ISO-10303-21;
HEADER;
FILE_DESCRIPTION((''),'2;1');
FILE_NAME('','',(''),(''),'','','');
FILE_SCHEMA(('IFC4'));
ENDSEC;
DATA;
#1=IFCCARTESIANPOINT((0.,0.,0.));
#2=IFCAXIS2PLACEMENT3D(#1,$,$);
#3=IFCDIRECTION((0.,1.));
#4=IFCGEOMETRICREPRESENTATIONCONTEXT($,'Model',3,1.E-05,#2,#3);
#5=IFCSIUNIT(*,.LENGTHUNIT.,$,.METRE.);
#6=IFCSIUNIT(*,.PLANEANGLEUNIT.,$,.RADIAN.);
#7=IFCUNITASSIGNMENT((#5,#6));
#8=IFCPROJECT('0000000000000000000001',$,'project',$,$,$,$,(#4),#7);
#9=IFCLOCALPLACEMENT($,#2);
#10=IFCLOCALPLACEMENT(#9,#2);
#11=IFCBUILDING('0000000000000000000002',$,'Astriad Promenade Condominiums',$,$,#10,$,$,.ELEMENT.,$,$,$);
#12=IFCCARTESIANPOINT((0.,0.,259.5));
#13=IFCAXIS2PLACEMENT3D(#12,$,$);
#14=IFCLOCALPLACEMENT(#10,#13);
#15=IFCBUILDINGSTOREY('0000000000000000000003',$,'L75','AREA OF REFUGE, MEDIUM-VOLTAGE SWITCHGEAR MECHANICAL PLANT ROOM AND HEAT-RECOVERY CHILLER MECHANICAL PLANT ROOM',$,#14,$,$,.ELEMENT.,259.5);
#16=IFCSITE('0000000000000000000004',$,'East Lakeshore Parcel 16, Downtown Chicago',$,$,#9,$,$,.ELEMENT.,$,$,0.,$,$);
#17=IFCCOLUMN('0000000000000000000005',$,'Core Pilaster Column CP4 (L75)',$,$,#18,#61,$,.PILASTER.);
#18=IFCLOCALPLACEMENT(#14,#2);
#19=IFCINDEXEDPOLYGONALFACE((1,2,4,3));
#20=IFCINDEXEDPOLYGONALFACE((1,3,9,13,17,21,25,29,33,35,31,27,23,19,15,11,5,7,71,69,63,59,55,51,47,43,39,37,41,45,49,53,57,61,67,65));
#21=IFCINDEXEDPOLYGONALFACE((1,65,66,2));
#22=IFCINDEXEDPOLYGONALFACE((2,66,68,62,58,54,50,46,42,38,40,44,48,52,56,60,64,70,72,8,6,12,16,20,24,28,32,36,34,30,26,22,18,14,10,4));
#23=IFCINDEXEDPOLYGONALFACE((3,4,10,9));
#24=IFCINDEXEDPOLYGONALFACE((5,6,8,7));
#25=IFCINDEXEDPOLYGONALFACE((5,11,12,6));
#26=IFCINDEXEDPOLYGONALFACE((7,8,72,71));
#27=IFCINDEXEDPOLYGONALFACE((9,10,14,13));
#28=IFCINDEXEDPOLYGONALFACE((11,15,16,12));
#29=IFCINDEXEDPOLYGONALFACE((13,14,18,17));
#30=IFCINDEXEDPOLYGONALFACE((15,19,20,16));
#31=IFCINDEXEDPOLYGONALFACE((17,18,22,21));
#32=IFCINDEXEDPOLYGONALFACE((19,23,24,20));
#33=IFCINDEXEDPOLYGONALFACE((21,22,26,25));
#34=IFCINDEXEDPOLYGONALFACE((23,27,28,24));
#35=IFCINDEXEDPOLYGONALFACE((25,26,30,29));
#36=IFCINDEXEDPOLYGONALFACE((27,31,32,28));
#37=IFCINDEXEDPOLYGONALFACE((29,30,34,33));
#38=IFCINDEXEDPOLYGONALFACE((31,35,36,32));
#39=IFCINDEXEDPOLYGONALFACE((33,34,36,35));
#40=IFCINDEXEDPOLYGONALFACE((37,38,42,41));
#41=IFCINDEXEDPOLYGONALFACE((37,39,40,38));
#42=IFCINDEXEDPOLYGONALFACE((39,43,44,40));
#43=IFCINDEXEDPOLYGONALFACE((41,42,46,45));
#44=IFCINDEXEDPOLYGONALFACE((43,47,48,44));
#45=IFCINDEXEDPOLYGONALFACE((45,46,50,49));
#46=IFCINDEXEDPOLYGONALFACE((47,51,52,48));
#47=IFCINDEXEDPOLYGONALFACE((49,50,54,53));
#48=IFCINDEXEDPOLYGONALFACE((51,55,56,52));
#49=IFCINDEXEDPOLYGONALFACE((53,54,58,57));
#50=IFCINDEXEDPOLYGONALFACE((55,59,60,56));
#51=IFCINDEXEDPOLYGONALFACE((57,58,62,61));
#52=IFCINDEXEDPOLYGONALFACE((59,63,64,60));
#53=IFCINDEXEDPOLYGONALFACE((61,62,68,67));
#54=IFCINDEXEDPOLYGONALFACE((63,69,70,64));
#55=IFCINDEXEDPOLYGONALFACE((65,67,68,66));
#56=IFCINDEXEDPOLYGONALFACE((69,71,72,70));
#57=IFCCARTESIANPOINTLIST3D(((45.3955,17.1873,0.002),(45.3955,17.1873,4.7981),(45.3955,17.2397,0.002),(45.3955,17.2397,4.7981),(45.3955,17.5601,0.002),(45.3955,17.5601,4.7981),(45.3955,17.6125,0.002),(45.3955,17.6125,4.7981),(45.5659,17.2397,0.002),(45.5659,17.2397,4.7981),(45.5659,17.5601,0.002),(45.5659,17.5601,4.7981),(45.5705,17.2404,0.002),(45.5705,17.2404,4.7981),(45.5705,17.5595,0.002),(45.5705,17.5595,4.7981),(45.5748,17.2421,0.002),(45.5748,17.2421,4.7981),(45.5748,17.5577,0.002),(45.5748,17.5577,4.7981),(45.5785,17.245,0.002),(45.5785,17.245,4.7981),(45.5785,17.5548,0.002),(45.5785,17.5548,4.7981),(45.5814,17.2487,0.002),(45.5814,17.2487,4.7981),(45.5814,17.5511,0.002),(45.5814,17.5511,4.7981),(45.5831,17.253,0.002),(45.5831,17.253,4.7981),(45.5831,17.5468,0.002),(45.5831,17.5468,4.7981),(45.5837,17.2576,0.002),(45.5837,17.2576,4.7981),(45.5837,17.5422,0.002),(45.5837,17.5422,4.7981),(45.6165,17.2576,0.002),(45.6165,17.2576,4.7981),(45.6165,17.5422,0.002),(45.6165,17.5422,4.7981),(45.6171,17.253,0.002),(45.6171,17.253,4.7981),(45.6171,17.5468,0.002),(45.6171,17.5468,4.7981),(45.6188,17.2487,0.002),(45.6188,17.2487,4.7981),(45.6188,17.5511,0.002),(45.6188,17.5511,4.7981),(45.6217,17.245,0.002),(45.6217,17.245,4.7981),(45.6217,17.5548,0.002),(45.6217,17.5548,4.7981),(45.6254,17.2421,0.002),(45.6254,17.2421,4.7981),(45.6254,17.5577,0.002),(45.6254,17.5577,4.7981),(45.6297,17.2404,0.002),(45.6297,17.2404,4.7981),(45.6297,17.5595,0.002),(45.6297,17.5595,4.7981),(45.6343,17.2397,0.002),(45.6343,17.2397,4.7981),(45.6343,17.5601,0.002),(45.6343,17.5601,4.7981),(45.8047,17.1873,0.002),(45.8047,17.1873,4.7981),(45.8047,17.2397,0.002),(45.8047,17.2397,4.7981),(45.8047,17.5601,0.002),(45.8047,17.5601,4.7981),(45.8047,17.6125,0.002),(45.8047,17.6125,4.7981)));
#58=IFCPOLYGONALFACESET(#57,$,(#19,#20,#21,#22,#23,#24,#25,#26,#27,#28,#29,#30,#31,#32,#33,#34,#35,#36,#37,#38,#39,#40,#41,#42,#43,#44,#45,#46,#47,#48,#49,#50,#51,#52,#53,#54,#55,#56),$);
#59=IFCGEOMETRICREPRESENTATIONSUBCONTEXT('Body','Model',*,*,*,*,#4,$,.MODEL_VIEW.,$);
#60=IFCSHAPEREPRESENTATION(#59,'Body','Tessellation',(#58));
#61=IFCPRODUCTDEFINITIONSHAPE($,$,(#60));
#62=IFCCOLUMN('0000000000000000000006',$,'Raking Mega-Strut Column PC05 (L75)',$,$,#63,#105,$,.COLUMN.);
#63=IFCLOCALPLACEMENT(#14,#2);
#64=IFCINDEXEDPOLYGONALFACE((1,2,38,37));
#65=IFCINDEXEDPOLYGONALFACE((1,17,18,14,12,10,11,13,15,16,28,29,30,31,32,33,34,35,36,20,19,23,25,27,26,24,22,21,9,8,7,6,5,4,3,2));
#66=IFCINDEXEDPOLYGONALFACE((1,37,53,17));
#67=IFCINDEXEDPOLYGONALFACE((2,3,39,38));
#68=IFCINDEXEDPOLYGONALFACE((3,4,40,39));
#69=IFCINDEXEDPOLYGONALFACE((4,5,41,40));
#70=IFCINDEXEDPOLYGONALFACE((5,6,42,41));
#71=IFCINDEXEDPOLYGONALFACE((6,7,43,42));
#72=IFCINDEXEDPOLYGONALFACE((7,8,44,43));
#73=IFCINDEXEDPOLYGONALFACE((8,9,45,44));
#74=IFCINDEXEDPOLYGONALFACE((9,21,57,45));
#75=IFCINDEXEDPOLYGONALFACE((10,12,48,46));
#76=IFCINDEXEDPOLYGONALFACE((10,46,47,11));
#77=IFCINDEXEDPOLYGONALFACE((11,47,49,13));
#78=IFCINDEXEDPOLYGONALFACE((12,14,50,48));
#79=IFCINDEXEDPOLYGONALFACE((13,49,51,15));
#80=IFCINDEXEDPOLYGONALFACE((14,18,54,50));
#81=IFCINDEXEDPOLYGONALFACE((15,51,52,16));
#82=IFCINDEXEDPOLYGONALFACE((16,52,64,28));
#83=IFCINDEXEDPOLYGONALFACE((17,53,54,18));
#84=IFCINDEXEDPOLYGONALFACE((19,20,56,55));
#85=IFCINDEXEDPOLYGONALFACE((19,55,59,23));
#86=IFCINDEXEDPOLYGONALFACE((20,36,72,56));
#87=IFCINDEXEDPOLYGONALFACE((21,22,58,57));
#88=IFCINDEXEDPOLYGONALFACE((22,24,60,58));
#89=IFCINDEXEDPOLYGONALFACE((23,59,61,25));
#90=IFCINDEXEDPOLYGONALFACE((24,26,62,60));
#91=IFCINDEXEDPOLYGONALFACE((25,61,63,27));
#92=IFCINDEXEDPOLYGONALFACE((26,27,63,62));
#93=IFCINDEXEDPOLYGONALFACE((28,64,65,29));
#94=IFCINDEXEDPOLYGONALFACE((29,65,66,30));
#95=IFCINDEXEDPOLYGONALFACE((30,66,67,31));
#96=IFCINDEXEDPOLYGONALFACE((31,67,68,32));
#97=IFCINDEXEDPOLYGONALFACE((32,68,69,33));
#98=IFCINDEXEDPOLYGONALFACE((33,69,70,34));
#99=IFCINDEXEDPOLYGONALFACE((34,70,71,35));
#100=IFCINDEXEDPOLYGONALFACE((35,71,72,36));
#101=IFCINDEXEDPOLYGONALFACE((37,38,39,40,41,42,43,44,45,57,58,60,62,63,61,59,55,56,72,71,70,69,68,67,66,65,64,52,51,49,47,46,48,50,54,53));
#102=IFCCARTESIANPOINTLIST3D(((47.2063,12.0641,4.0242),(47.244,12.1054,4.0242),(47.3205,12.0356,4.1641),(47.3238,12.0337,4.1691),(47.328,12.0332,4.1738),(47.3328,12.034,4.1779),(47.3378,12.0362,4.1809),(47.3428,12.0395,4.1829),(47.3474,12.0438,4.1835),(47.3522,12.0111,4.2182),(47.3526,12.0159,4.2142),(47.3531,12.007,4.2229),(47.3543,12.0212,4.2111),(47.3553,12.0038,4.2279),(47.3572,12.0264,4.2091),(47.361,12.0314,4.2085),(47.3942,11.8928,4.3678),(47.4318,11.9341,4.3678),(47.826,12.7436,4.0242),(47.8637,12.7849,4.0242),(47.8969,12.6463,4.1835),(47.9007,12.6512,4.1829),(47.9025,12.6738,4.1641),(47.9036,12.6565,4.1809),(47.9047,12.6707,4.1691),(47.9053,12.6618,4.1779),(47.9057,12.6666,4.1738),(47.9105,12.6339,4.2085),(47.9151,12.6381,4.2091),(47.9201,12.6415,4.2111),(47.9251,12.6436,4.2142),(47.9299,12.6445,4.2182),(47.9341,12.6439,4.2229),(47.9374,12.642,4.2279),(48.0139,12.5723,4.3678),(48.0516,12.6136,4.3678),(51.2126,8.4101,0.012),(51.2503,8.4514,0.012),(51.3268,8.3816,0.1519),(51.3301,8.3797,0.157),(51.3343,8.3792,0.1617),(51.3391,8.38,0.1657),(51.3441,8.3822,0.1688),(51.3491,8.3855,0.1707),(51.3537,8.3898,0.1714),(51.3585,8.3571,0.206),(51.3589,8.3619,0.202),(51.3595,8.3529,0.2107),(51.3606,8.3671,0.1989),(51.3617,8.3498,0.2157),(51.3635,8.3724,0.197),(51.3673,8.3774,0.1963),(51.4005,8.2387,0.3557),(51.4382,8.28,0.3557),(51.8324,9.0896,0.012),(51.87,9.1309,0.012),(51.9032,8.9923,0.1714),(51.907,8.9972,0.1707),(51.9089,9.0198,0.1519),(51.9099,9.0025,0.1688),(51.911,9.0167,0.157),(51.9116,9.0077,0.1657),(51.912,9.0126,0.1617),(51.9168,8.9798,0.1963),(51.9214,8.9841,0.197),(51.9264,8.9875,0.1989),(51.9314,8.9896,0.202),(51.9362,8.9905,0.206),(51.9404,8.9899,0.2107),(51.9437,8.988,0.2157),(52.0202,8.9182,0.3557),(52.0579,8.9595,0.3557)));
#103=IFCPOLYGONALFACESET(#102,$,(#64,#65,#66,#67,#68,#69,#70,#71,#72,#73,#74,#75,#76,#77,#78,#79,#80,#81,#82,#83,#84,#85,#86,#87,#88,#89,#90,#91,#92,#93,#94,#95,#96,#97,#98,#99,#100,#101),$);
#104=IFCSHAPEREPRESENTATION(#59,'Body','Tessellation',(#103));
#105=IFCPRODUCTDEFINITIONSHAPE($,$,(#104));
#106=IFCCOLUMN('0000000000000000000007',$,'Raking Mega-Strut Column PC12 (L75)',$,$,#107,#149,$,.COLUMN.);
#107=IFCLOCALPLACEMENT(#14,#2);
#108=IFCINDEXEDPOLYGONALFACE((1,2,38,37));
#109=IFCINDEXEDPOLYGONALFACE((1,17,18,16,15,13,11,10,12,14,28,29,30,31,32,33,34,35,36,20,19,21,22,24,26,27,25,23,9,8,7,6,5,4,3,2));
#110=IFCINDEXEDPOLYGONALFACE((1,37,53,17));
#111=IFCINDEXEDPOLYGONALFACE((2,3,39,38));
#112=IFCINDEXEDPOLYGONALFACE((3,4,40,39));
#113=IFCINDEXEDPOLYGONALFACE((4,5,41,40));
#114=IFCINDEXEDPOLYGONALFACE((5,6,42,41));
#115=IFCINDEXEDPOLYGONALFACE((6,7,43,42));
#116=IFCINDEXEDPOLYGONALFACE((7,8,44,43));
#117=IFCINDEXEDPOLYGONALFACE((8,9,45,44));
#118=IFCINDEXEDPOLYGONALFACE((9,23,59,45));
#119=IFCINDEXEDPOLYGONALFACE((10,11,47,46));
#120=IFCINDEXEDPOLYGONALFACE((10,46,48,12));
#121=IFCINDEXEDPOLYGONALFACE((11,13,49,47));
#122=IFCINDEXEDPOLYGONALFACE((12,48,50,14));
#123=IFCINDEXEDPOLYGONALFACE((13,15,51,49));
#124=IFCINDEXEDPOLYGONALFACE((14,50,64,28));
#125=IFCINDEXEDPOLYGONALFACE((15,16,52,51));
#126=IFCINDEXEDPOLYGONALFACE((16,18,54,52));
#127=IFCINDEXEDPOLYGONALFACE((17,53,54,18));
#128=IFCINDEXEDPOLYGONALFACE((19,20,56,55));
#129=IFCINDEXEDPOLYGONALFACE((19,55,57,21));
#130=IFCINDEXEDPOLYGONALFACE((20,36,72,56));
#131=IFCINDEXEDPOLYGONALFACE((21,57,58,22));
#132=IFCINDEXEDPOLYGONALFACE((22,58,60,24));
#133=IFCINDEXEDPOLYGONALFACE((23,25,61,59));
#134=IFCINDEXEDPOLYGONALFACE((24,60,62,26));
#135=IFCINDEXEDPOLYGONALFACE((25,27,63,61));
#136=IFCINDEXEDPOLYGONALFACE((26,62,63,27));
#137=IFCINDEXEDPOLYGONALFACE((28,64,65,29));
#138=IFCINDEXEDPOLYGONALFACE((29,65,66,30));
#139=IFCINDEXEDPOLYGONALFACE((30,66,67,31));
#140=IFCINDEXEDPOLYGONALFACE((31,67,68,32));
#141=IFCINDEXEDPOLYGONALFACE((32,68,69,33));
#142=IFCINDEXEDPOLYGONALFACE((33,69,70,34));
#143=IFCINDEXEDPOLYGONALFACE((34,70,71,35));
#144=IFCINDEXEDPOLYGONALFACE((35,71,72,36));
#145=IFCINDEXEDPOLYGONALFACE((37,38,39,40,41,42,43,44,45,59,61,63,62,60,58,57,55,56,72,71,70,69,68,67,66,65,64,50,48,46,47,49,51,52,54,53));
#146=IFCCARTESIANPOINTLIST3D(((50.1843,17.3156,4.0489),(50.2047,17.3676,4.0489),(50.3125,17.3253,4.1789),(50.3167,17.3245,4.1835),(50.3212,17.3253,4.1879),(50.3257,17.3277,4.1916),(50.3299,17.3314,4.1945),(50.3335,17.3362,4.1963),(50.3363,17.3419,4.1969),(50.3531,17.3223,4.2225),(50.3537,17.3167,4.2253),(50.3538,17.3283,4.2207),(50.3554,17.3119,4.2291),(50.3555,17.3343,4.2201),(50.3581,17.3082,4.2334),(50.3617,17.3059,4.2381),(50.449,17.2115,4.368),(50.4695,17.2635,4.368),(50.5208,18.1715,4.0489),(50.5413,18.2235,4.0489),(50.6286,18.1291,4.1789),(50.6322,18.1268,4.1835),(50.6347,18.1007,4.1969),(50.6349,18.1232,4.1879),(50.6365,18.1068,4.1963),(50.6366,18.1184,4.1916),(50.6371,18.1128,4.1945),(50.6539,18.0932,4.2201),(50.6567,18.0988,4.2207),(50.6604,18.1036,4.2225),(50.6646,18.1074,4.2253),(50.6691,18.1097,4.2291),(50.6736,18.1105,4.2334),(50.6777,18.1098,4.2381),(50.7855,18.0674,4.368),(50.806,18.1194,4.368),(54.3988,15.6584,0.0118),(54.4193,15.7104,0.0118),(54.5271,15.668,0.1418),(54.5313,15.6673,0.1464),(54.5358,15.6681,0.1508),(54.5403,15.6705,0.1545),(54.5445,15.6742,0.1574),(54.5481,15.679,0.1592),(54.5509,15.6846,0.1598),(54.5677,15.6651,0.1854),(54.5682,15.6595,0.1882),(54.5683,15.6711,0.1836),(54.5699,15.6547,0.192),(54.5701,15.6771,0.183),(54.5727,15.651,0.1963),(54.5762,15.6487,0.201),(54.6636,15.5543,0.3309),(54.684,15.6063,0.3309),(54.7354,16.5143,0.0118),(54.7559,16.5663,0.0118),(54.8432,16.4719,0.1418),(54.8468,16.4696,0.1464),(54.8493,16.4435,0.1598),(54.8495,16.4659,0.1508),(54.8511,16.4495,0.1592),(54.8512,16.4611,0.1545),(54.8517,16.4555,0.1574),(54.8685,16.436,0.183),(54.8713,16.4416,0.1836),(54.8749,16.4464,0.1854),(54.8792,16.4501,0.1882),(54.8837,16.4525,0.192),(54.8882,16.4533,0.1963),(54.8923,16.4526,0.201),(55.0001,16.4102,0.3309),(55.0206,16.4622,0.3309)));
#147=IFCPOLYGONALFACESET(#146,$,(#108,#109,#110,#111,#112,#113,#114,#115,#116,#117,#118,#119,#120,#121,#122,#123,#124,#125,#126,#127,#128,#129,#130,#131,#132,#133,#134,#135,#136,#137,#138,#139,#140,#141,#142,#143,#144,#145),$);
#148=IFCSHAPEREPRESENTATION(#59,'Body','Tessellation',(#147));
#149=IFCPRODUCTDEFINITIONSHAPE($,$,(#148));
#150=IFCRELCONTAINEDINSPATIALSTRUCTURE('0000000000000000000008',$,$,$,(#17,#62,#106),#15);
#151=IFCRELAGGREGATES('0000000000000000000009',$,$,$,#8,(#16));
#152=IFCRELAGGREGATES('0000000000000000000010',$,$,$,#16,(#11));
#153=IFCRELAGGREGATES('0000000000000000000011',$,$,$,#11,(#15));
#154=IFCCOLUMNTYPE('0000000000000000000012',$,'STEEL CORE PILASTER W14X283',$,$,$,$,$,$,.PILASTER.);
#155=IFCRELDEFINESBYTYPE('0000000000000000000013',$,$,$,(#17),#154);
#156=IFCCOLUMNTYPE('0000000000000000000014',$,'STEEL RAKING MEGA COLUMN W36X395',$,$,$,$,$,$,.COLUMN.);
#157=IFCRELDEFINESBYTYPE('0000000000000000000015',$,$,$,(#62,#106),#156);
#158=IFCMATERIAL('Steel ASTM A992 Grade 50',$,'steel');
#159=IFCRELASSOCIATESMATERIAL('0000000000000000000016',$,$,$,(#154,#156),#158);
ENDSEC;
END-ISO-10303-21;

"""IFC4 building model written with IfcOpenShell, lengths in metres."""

from ifc_helpers import new_model, si_unit, direction, frame, origin, origin_2d, place, context, subcontext, project, spatial, i_section, extrude, source, transform, mapped, material, material_profile, profile_set, type_object, type_shapes, element, save


model = new_model("IFC4")

# Units and contexts
model_context = context("Model", 3, precision=1e-05, world=origin(), true_north=direction((0.0, 1.0)))
body_context = subcontext(model_context, "Body", "Model", "MODEL_VIEW")
ifc_project = project(units=[si_unit("LENGTHUNIT", "METRE"), si_unit("PLANEANGLEUNIT", "RADIAN")], contexts=[model_context])

# Site, building, storey
site_placement = place(None, origin())
site = spatial("IfcSite", under=ifc_project, at=site_placement, Name="East Lakeshore Parcel 16, Downtown Chicago", CompositionType="ELEMENT", RefElevation=0.0)
building_placement = place(site_placement, origin())
building = spatial("IfcBuilding", under=site, at=building_placement, Name="Astriad Promenade Condominiums", CompositionType="ELEMENT")
storey_placement = place(building_placement, frame((0.0, 0.0, 259.5)))
storey = spatial("IfcBuildingStorey", under=building, at=storey_placement, Name="L75", Description="AREA OF REFUGE, MEDIUM-VOLTAGE SWITCHGEAR MECHANICAL PLANT ROOM AND HEAT-RECOVERY CHILLER MECHANICAL PLANT ROOM", CompositionType="ELEMENT", Elevation=259.5)

# Columns
ifc_material_1 = material(Name="Steel ASTM A992 Grade 50", Category="steel")
ifc_material_profile_1 = material_profile(ifc_material_1, i_section(OverallWidth=0.4092, OverallDepth=0.4253, WebThickness=0.0327, FlangeThickness=0.0525, FilletRadius=0.0178, at=origin_2d()), Name="W14X283")
ifc_profile_set_1 = profile_set([ifc_material_profile_1], Name="Steel ASTM A992 Grade 50")
column_type_1 = type_object("IfcColumnType", Name="STEEL CORE PILASTER W14X283", PredefinedType="PILASTER", material=ifc_profile_set_1)
shared_shape_1 = source(origin(), body_context, "Body", "SweptSolid", [
    extrude(i_section(OverallWidth=0.4092, OverallDepth=0.4253, WebThickness=0.0327, FlangeThickness=0.0525, FilletRadius=0.0178, at=origin_2d()), origin(), (0.0, 0.0, 1.0), 4.7961),
])
type_shapes(column_type_1, [shared_shape_1])
column_1_placement = place(storey_placement, frame((45.6001, 17.3999, 0.002), z_axis=(0.0, 0.0, 1.0), x_axis=(1.0, 0.0, 0.0)))
element("IfcColumn", 1, at=column_1_placement, inside=storey, type_object=column_type_1, Name="Core Pilaster Column CP4 (L75)", PredefinedType="PILASTER", context=body_context, shape_type="MappedRepresentation", body=[
    mapped(shared_shape_1, transform((0.0, 0.0, 0.0), scale=1.0)),
])
ifc_material_profile_2 = material_profile(ifc_material_1, i_section(OverallWidth=0.4275, OverallDepth=0.9756, WebThickness=0.031, FlangeThickness=0.0559, FilletRadius=0.0242, at=origin_2d()), Name="W36X395")
ifc_profile_set_2 = profile_set([ifc_material_profile_2], Name="Steel ASTM A992 Grade 50")
column_type_2 = type_object("IfcColumnType", Name="STEEL RAKING MEGA COLUMN W36X395", PredefinedType="COLUMN", material=ifc_profile_set_2)
shared_shape_2 = source(origin(), body_context, "Body", "SweptSolid", [
    extrude(i_section(OverallWidth=0.4275, OverallDepth=0.9756, WebThickness=0.031, FlangeThickness=0.0559, FilletRadius=0.0242, at=origin_2d()), origin(), (0.0, 0.0, 1.0), 6.7454),
])
column_2_placement = place(storey_placement, frame((51.6353, 8.6848, 0.1838), z_axis=(-0.593936, 0.541708, 0.594804), x_axis=(0.439468, -0.400824, 0.80387)))
element("IfcColumn", 2, at=column_2_placement, inside=storey, type_object=column_type_2, Name="Raking Mega-Strut Column PC05 (L75)", PredefinedType="COLUMN", context=body_context, shape_type="MappedRepresentation", body=[
    mapped(shared_shape_2, transform((0.0, 0.0, 0.0), scale=1.0)),
])
shared_shape_3 = source(origin(), body_context, "Body", "SweptSolid", [
    extrude(i_section(OverallWidth=0.4275, OverallDepth=0.9756, WebThickness=0.031, FlangeThickness=0.0559, FilletRadius=0.0242, at=origin_2d()), origin(), (0.0, 0.0, 1.0), 6.0669),
])
type_shapes(column_type_2, [shared_shape_2, shared_shape_3])
column_3_placement = place(storey_placement, frame((54.7097, 16.0603, 0.1714), z_axis=(-0.694685, 0.273158, 0.66543), x_axis=(0.619275, -0.243506, 0.74646)))
element("IfcColumn", 3, at=column_3_placement, inside=storey, type_object=column_type_2, Name="Raking Mega-Strut Column PC12 (L75)", PredefinedType="COLUMN", context=body_context, shape_type="MappedRepresentation", body=[
    mapped(shared_shape_3, transform((0.0, 0.0, 0.0), scale=1.0)),
])

save(model, "model.ifc")
